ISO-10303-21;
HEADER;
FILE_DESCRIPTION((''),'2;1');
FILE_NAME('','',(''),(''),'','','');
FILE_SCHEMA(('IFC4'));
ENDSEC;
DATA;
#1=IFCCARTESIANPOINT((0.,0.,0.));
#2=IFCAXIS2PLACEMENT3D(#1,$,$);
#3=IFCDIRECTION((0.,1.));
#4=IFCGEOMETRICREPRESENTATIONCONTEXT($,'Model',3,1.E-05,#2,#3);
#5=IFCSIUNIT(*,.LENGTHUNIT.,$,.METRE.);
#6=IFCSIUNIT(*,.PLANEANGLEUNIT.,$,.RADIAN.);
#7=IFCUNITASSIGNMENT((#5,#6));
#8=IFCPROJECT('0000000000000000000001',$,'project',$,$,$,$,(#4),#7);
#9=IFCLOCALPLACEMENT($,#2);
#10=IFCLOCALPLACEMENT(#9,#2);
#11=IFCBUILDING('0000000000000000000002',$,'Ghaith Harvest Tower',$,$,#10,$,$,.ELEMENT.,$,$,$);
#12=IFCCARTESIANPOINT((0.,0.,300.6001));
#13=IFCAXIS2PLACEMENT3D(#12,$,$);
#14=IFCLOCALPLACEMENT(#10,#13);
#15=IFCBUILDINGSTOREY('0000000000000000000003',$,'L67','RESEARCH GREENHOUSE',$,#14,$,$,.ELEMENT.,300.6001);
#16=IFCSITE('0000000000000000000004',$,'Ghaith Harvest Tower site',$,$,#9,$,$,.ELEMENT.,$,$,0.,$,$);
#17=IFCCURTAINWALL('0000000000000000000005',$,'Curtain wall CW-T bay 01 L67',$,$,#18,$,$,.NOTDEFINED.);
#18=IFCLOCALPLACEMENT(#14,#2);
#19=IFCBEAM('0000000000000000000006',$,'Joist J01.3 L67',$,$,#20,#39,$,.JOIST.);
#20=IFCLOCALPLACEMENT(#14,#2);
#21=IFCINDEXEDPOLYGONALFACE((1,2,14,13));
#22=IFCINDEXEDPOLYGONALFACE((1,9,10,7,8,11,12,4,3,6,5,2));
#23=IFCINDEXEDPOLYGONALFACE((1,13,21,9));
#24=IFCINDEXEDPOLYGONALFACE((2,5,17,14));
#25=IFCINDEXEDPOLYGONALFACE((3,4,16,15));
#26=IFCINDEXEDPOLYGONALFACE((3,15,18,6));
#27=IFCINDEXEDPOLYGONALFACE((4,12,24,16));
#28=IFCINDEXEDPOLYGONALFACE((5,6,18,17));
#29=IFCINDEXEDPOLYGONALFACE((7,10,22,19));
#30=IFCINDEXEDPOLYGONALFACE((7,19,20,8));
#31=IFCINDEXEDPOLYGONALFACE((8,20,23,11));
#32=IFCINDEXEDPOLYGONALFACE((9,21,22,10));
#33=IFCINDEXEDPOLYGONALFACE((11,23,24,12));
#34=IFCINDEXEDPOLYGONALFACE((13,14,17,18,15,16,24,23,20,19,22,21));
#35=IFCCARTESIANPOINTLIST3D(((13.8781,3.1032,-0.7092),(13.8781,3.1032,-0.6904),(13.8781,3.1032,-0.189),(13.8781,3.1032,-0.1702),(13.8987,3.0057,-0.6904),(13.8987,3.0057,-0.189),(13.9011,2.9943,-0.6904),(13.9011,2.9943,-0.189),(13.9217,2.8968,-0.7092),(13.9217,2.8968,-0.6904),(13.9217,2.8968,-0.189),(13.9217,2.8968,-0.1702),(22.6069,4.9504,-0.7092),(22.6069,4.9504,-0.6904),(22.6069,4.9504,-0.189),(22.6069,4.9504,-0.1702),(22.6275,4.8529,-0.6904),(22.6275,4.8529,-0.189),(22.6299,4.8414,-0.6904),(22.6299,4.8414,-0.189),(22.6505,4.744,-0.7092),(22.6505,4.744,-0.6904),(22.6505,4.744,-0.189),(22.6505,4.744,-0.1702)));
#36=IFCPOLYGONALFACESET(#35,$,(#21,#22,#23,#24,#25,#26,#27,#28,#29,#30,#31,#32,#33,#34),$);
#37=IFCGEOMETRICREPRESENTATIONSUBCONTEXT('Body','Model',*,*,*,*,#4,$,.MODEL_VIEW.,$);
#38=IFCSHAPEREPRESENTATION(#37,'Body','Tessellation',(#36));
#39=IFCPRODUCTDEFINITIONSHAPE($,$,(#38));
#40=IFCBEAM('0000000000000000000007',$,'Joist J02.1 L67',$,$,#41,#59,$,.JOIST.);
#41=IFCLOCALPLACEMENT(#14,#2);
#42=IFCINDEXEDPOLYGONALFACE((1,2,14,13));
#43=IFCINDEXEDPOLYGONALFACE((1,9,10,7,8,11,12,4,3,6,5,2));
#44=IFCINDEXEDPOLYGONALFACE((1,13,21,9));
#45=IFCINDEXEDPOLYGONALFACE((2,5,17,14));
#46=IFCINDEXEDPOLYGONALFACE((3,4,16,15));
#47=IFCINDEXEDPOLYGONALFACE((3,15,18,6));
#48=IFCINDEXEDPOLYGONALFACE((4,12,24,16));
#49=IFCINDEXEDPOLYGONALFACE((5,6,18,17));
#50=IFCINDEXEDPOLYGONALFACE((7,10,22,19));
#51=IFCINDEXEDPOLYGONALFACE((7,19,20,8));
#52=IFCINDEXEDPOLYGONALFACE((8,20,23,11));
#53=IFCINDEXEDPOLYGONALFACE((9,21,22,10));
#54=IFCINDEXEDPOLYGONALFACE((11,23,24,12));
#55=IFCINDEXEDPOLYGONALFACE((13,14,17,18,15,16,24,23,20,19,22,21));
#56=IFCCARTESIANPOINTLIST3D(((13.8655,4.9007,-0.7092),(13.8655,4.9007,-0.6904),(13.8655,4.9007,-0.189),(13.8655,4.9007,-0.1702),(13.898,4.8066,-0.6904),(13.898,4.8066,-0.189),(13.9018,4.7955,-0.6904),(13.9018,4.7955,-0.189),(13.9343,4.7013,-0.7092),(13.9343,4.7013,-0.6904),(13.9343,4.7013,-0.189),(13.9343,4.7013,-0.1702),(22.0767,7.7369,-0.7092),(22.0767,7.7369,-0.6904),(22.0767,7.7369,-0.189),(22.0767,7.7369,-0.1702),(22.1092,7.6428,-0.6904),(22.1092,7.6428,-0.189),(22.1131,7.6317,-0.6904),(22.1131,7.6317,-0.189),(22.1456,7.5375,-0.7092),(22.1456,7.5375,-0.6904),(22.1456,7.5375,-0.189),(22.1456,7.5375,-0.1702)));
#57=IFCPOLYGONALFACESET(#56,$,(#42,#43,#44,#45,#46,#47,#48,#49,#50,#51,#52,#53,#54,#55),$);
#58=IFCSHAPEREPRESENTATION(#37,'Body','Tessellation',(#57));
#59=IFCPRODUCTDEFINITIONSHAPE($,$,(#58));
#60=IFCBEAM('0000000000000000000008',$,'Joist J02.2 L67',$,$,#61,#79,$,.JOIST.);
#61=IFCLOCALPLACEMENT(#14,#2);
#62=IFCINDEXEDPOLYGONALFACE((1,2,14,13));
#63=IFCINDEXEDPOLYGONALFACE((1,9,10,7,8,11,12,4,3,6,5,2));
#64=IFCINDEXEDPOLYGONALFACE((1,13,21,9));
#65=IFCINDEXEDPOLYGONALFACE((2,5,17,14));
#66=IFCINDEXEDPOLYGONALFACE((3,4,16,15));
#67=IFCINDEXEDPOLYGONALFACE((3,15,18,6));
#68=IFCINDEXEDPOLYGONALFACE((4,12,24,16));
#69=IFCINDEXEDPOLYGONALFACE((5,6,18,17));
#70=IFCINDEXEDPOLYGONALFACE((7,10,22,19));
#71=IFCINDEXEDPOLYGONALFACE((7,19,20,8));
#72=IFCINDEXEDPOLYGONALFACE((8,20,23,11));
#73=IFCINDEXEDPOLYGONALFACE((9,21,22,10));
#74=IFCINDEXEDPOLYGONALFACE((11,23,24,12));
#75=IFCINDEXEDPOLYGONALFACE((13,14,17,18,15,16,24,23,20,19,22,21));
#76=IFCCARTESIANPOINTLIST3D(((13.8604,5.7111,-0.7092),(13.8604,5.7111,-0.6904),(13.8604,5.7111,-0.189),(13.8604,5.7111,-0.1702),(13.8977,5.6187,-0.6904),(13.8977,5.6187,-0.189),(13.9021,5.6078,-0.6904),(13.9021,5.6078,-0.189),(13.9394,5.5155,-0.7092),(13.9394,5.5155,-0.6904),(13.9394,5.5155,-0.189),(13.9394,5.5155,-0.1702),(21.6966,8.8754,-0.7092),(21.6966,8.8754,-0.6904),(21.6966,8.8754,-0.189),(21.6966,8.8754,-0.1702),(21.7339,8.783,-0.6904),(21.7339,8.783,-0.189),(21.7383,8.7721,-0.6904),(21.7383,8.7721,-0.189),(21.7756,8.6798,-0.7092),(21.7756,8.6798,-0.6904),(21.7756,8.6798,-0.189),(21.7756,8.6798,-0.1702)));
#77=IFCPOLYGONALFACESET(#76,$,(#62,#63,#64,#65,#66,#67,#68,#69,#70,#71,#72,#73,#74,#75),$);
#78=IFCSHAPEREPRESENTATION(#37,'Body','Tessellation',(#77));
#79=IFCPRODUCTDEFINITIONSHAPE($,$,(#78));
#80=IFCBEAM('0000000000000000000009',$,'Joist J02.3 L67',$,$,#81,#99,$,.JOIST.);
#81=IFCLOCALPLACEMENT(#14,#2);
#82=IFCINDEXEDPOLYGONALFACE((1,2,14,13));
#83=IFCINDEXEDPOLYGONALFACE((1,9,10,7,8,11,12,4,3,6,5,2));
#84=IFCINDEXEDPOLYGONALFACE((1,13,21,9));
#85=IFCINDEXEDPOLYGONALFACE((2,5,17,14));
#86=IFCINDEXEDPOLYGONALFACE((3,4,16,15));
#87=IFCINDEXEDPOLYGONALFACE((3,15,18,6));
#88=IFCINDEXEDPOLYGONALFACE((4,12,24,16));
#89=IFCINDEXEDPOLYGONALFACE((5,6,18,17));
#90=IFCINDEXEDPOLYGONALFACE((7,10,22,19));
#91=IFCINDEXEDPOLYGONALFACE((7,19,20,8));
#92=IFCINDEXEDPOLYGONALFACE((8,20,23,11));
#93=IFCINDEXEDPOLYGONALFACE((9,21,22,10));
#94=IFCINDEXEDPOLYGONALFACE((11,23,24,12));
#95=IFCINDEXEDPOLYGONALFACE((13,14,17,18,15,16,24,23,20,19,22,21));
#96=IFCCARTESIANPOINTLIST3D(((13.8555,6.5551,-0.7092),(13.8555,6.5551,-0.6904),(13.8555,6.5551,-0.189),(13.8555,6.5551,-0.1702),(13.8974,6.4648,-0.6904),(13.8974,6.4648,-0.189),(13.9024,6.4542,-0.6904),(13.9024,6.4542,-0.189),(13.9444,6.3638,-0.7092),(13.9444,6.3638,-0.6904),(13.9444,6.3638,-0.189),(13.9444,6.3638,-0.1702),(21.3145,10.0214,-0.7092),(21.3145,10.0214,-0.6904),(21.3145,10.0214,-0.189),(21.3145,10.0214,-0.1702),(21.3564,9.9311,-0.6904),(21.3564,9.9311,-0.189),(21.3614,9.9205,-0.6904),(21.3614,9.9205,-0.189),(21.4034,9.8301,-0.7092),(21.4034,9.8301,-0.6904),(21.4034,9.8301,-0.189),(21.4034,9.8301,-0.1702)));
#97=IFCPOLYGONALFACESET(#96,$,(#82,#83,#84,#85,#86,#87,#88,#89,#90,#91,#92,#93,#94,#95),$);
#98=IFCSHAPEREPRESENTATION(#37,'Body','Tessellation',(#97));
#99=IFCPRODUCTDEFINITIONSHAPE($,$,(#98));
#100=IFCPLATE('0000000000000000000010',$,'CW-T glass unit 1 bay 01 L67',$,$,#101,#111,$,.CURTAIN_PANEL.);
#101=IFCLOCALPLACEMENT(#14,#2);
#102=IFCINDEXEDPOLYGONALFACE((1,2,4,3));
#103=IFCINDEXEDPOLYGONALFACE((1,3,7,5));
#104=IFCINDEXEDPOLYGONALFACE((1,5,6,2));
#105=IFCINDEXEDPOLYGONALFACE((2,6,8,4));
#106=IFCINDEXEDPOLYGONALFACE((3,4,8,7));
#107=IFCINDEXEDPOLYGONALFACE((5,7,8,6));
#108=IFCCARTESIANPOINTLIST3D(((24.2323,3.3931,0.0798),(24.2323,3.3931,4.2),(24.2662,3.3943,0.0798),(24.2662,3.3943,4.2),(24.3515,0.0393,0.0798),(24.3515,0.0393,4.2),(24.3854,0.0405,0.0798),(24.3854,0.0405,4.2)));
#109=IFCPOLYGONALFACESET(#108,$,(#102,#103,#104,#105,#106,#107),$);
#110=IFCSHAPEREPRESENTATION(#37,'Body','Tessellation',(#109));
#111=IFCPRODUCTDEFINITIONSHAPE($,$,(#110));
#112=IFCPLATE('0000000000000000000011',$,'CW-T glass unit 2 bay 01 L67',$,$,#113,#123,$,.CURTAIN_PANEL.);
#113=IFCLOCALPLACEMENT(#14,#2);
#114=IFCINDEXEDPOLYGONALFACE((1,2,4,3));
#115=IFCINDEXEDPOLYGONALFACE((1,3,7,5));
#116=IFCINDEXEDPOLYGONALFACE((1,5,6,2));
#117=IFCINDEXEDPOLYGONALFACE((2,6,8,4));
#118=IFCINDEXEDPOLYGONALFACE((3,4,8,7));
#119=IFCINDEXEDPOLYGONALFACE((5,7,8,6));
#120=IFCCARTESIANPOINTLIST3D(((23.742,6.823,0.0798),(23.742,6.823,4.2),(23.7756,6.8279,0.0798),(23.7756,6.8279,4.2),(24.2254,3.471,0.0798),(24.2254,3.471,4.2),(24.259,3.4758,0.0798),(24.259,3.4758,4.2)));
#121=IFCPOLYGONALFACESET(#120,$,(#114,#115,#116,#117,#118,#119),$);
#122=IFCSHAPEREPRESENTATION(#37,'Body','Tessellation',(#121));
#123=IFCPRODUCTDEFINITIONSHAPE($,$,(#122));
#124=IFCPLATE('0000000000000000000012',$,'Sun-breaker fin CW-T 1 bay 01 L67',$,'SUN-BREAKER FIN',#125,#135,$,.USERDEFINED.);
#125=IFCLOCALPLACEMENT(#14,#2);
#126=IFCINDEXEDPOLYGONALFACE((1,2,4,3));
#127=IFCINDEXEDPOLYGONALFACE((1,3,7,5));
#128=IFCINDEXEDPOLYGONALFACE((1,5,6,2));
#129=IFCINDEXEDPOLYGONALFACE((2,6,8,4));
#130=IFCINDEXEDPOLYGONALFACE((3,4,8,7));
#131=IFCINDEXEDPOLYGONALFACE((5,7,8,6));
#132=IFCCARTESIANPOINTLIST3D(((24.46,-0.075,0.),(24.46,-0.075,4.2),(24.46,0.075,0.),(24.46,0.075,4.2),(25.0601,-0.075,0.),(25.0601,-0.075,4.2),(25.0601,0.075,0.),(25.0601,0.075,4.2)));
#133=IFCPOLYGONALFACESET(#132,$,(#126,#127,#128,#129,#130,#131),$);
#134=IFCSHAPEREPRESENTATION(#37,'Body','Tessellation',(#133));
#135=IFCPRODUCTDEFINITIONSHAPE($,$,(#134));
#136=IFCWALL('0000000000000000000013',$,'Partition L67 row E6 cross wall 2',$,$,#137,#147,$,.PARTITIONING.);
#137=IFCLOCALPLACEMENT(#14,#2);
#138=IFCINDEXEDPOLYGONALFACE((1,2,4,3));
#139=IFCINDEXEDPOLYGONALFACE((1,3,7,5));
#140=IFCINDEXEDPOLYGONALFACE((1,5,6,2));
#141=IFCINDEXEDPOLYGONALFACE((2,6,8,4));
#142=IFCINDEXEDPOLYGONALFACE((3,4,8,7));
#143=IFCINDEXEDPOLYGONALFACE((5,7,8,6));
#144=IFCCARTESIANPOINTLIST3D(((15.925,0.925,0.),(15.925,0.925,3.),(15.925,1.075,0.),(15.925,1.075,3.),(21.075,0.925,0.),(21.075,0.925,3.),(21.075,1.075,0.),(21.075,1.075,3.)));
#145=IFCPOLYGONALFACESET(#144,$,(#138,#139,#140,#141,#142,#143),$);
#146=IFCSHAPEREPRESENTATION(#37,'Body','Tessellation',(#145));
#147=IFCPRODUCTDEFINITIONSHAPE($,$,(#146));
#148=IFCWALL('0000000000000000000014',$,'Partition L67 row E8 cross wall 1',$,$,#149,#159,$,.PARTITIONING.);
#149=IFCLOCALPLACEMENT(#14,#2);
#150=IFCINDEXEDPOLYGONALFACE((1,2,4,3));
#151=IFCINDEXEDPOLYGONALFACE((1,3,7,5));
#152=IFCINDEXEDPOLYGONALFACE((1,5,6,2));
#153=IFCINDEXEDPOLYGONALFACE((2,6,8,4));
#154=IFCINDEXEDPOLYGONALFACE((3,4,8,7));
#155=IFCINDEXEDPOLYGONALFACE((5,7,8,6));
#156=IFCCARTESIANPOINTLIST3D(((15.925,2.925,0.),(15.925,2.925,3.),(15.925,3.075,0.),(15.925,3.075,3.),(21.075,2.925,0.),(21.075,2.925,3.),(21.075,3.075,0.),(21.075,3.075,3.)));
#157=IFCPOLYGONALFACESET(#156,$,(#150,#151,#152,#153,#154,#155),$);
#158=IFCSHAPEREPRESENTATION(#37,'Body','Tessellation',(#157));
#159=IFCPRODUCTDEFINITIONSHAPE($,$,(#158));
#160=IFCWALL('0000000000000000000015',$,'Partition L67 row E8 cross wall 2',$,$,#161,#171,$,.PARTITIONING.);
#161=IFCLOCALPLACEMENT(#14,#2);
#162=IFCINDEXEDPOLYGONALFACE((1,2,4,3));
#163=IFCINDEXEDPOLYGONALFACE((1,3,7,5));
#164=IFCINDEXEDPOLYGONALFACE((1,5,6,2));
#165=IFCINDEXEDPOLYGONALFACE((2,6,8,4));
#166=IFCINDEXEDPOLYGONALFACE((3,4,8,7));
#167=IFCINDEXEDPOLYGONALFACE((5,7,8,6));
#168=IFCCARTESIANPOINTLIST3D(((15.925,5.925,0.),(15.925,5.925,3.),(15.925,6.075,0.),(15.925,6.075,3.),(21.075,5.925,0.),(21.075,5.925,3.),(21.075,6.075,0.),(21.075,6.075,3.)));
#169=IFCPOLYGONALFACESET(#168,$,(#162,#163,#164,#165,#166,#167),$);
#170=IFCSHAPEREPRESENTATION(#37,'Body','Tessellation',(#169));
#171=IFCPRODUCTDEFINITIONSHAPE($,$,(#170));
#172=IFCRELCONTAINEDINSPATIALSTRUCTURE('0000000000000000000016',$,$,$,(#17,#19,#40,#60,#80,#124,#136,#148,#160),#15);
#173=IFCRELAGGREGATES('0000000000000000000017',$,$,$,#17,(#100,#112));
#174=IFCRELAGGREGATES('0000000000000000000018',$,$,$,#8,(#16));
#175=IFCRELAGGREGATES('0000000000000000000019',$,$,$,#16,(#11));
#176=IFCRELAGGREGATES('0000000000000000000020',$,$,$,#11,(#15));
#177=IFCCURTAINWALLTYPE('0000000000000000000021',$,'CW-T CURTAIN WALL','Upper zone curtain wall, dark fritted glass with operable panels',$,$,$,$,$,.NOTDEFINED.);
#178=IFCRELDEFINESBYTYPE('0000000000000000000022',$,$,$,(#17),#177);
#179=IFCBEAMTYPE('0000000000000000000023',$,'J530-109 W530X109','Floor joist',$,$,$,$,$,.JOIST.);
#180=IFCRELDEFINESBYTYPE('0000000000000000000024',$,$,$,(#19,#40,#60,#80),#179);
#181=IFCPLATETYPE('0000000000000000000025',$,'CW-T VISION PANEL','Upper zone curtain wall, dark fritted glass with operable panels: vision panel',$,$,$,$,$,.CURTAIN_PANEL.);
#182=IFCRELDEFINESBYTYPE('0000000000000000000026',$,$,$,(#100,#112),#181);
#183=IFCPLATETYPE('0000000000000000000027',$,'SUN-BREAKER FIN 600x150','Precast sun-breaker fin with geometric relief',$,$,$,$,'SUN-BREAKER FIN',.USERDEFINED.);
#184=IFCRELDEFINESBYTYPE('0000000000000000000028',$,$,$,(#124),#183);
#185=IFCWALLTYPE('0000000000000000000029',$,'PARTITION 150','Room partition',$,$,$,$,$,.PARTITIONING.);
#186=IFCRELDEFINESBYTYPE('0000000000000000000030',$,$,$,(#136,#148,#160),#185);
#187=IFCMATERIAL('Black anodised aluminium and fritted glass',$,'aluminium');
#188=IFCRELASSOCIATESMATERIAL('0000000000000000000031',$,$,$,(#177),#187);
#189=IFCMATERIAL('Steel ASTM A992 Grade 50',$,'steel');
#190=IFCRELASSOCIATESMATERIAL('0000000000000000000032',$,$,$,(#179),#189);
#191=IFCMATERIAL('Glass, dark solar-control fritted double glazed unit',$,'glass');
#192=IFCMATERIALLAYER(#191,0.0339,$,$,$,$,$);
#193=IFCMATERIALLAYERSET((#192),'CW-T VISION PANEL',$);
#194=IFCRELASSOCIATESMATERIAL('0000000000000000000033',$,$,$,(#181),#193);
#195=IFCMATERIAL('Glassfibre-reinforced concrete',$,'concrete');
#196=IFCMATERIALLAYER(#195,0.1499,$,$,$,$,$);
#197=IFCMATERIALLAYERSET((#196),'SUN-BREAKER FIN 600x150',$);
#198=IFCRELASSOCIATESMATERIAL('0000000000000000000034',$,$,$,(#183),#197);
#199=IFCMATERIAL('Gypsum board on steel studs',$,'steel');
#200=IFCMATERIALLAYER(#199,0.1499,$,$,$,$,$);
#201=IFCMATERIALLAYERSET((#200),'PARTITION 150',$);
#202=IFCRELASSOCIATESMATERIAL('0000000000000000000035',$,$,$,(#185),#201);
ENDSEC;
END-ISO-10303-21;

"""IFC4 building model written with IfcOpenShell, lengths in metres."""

from ifc_helpers import new_model, si_unit, direction, frame, frame_2d, origin, origin_2d, place, context, subcontext, project, spatial, rectangle, i_section, extrude, material, layer, layer_set, material_profile, profile_set, type_object, element, aggregate, save


model = new_model("IFC4")

# Units and contexts
model_context = context("Model", 3, precision=1e-05, world=origin(), true_north=direction((0.0, 1.0)))
body_context = subcontext(model_context, "Body", "Model", "MODEL_VIEW")
ifc_project = project(units=[si_unit("LENGTHUNIT", "METRE"), si_unit("PLANEANGLEUNIT", "RADIAN")], contexts=[model_context])

# Site, building, storey
site_placement = place(None, origin())
site = spatial("IfcSite", under=ifc_project, at=site_placement, Name="Ghaith Harvest Tower site", CompositionType="ELEMENT", RefElevation=0.0)
building_placement = place(site_placement, origin())
building = spatial("IfcBuilding", under=site, at=building_placement, Name="Ghaith Harvest Tower", CompositionType="ELEMENT")
storey_placement = place(building_placement, frame((0.0, 0.0, 300.6001)))
storey = spatial("IfcBuildingStorey", under=building, at=storey_placement, Name="L67", Description="RESEARCH GREENHOUSE", CompositionType="ELEMENT", Elevation=300.6001)

# Curtain wall
ifc_material_1 = material(Name="Black anodised aluminium and fritted glass", Category="aluminium")
curtain_wall_type = type_object("IfcCurtainWallType", Name="CW-T CURTAIN WALL", Description="Upper zone curtain wall, dark fritted glass with operable panels", PredefinedType="NOTDEFINED", material=ifc_material_1)
curtain_wall_placement = place(storey_placement, origin())
curtain_wall = element("IfcCurtainWall", 1, at=curtain_wall_placement, inside=storey, type_object=curtain_wall_type, Name="Curtain wall CW-T bay 01 L67", PredefinedType="NOTDEFINED")

# Beams
ifc_material_2 = material(Name="Steel ASTM A992 Grade 50", Category="steel")
ifc_material_profile_1 = material_profile(ifc_material_2, i_section(OverallWidth=0.2109, OverallDepth=0.5391, WebThickness=0.0117, FlangeThickness=0.0188, at=origin_2d()), Name="W530X109")
ifc_profile_set_1 = profile_set([ifc_material_profile_1], Name="Steel ASTM A992 Grade 50")
beam_type_1 = type_object("IfcBeamType", Name="J530-109 W530X109", Description="Floor joist", PredefinedType="JOIST", material=ifc_profile_set_1)
beam_1_placement = place(storey_placement, frame((13.8999, 3.0, -0.4397), z_axis=(0.978334, 0.207034, 0.0), x_axis=(-0.207034, 0.978334, 0.0)))
element("IfcBeam", 2, at=beam_1_placement, inside=storey, type_object=beam_type_1, Name="Joist J01.3 L67", PredefinedType="JOIST", context=body_context, shape_type="SweptSolid", body=[
    extrude(i_section(OverallWidth=0.2109, OverallDepth=0.5391, WebThickness=0.0117, FlangeThickness=0.0188, at=origin_2d()), origin(), (0.0, 0.0, 1.0), 8.9221),
])
beam_2_placement = place(storey_placement, frame((13.8999, 4.801, -0.4397), z_axis=(0.945205, 0.326478, 0.0), x_axis=(-0.326478, 0.945205, 0.0)))
element("IfcBeam", 3, at=beam_2_placement, inside=storey, type_object=beam_type_1, Name="Joist J02.1 L67", PredefinedType="JOIST", context=body_context, shape_type="SweptSolid", body=[
    extrude(i_section(OverallWidth=0.2109, OverallDepth=0.5391, WebThickness=0.0117, FlangeThickness=0.0188, at=origin_2d()), origin(), (0.0, 0.0, 1.0), 8.6873),
])
beam_3_placement = place(storey_placement, frame((13.8999, 5.6133, -0.4397), z_axis=(0.927254, 0.374432, 0.0), x_axis=(-0.374432, 0.927254, 0.0)))
element("IfcBeam", 4, at=beam_3_placement, inside=storey, type_object=beam_type_1, Name="Joist J02.2 L67", PredefinedType="JOIST", context=body_context, shape_type="SweptSolid", body=[
    extrude(i_section(OverallWidth=0.2109, OverallDepth=0.5391, WebThickness=0.0117, FlangeThickness=0.0188, at=origin_2d()), origin(), (0.0, 0.0, 1.0), 8.4509),
])
beam_4_placement = place(storey_placement, frame((13.8999, 6.4595, -0.4397), z_axis=(0.90686, 0.421432, 0.0), x_axis=(-0.421432, 0.90686, 0.0)))
element("IfcBeam", 5, at=beam_4_placement, inside=storey, type_object=beam_type_1, Name="Joist J02.3 L67", PredefinedType="JOIST", context=body_context, shape_type="SweptSolid", body=[
    extrude(i_section(OverallWidth=0.2109, OverallDepth=0.5391, WebThickness=0.0117, FlangeThickness=0.0188, at=origin_2d()), origin(), (0.0, 0.0, 1.0), 8.2251),
])

# Plates
ifc_material_3 = material(Name="Glass, dark solar-control fritted double glazed unit", Category="glass")
ifc_layer_1 = layer(ifc_material_3, 0.0339)
ifc_layer_set_1 = layer_set([ifc_layer_1], Name="CW-T VISION PANEL")
plate_type_1 = type_object("IfcPlateType", Name="CW-T VISION PANEL", Description="Upper zone curtain wall, dark fritted glass with operable panels: vision panel", PredefinedType="CURTAIN_PANEL", material=ifc_layer_set_1)
plate_1_placement = place(storey_placement, frame((24.3088, 1.7168, 0.0798), z_axis=(0.0, 0.0, 1.0), x_axis=(-0.035536, 0.999368, 0.0)))
plate_1 = element("IfcPlate", 6, at=plate_1_placement, type_object=plate_type_1, Name="CW-T glass unit 1 bay 01 L67", PredefinedType="CURTAIN_PANEL", context=body_context, shape_type="SweptSolid", body=[
    extrude(rectangle(XDim=3.356, YDim=0.0339, at=origin_2d()), origin(), (0.0, 0.0, 1.0), 4.1201),
])
plate_2_placement = place(storey_placement, frame((24.0005, 5.1494, 0.0798), z_axis=(0.0, 0.0, 1.0), x_axis=(-0.14273, 0.989762, 0.0)))
plate_2 = element("IfcPlate", 7, at=plate_2_placement, type_object=plate_type_1, Name="CW-T glass unit 2 bay 01 L67", PredefinedType="CURTAIN_PANEL", context=body_context, shape_type="SweptSolid", body=[
    extrude(rectangle(XDim=3.3867, YDim=0.0339, at=origin_2d()), origin(), (0.0, 0.0, 1.0), 4.1201),
])
aggregate(curtain_wall, [plate_1, plate_2])
ifc_material_4 = material(Name="Glassfibre-reinforced concrete", Category="concrete")
ifc_layer_2 = layer(ifc_material_4, 0.1499)
ifc_layer_set_2 = layer_set([ifc_layer_2], Name="SUN-BREAKER FIN 600x150")
plate_type_2 = type_object("IfcPlateType", Name="SUN-BREAKER FIN 600x150", Description="Precast sun-breaker fin with geometric relief", ElementType="SUN-BREAKER FIN", PredefinedType="USERDEFINED", material=ifc_layer_set_2)
plate_3_placement = place(storey_placement, frame((24.76, 0.0, 0.0), z_axis=(0.0, 0.0, 1.0), x_axis=(1.0, 0.0, 0.0)))
element("IfcPlate", 8, at=plate_3_placement, inside=storey, type_object=plate_type_2, Name="Sun-breaker fin CW-T 1 bay 01 L67", ObjectType="SUN-BREAKER FIN", PredefinedType="USERDEFINED", context=body_context, shape_type="SweptSolid", body=[
    extrude(rectangle(XDim=0.6001, YDim=0.1499, at=origin_2d()), origin(), (0.0, 0.0, 1.0), 4.2),
])

# Walls
ifc_material_5 = material(Name="Gypsum board on steel studs", Category="steel")
ifc_layer_3 = layer(ifc_material_5, 0.1499)
ifc_layer_set_3 = layer_set([ifc_layer_3], Name="PARTITION 150")
wall_type = type_object("IfcWallType", Name="PARTITION 150", Description="Room partition", PredefinedType="PARTITIONING", material=ifc_layer_set_3)
for number, where, z_axis, x_axis, name in (
    (9, (15.925, 1.0, 0.0), (0.0, 0.0, 1.0), (1.0, 0.0, 0.0), "Partition L67 row E6 cross wall 2"),
    (10, (15.925, 3.0, 0.0), (0.0, 0.0, 1.0), (1.0, 0.0, 0.0), "Partition L67 row E8 cross wall 1"),
    (11, (15.925, 6.0, 0.0), (0.0, 0.0, 1.0), (1.0, 0.0, 0.0), "Partition L67 row E8 cross wall 2"),
):
    element("IfcWall", number, at=place(storey_placement, frame(where, z_axis=z_axis, x_axis=x_axis)), inside=storey, type_object=wall_type, Name=name, PredefinedType="PARTITIONING", context=body_context, shape_type="SweptSolid", body=[
        extrude(rectangle(XDim=5.1499, YDim=0.1499, at=frame_2d((2.575, 0.0))), origin(), (0.0, 0.0, 1.0), 3.0),
    ])

save(model, "model.ifc")
